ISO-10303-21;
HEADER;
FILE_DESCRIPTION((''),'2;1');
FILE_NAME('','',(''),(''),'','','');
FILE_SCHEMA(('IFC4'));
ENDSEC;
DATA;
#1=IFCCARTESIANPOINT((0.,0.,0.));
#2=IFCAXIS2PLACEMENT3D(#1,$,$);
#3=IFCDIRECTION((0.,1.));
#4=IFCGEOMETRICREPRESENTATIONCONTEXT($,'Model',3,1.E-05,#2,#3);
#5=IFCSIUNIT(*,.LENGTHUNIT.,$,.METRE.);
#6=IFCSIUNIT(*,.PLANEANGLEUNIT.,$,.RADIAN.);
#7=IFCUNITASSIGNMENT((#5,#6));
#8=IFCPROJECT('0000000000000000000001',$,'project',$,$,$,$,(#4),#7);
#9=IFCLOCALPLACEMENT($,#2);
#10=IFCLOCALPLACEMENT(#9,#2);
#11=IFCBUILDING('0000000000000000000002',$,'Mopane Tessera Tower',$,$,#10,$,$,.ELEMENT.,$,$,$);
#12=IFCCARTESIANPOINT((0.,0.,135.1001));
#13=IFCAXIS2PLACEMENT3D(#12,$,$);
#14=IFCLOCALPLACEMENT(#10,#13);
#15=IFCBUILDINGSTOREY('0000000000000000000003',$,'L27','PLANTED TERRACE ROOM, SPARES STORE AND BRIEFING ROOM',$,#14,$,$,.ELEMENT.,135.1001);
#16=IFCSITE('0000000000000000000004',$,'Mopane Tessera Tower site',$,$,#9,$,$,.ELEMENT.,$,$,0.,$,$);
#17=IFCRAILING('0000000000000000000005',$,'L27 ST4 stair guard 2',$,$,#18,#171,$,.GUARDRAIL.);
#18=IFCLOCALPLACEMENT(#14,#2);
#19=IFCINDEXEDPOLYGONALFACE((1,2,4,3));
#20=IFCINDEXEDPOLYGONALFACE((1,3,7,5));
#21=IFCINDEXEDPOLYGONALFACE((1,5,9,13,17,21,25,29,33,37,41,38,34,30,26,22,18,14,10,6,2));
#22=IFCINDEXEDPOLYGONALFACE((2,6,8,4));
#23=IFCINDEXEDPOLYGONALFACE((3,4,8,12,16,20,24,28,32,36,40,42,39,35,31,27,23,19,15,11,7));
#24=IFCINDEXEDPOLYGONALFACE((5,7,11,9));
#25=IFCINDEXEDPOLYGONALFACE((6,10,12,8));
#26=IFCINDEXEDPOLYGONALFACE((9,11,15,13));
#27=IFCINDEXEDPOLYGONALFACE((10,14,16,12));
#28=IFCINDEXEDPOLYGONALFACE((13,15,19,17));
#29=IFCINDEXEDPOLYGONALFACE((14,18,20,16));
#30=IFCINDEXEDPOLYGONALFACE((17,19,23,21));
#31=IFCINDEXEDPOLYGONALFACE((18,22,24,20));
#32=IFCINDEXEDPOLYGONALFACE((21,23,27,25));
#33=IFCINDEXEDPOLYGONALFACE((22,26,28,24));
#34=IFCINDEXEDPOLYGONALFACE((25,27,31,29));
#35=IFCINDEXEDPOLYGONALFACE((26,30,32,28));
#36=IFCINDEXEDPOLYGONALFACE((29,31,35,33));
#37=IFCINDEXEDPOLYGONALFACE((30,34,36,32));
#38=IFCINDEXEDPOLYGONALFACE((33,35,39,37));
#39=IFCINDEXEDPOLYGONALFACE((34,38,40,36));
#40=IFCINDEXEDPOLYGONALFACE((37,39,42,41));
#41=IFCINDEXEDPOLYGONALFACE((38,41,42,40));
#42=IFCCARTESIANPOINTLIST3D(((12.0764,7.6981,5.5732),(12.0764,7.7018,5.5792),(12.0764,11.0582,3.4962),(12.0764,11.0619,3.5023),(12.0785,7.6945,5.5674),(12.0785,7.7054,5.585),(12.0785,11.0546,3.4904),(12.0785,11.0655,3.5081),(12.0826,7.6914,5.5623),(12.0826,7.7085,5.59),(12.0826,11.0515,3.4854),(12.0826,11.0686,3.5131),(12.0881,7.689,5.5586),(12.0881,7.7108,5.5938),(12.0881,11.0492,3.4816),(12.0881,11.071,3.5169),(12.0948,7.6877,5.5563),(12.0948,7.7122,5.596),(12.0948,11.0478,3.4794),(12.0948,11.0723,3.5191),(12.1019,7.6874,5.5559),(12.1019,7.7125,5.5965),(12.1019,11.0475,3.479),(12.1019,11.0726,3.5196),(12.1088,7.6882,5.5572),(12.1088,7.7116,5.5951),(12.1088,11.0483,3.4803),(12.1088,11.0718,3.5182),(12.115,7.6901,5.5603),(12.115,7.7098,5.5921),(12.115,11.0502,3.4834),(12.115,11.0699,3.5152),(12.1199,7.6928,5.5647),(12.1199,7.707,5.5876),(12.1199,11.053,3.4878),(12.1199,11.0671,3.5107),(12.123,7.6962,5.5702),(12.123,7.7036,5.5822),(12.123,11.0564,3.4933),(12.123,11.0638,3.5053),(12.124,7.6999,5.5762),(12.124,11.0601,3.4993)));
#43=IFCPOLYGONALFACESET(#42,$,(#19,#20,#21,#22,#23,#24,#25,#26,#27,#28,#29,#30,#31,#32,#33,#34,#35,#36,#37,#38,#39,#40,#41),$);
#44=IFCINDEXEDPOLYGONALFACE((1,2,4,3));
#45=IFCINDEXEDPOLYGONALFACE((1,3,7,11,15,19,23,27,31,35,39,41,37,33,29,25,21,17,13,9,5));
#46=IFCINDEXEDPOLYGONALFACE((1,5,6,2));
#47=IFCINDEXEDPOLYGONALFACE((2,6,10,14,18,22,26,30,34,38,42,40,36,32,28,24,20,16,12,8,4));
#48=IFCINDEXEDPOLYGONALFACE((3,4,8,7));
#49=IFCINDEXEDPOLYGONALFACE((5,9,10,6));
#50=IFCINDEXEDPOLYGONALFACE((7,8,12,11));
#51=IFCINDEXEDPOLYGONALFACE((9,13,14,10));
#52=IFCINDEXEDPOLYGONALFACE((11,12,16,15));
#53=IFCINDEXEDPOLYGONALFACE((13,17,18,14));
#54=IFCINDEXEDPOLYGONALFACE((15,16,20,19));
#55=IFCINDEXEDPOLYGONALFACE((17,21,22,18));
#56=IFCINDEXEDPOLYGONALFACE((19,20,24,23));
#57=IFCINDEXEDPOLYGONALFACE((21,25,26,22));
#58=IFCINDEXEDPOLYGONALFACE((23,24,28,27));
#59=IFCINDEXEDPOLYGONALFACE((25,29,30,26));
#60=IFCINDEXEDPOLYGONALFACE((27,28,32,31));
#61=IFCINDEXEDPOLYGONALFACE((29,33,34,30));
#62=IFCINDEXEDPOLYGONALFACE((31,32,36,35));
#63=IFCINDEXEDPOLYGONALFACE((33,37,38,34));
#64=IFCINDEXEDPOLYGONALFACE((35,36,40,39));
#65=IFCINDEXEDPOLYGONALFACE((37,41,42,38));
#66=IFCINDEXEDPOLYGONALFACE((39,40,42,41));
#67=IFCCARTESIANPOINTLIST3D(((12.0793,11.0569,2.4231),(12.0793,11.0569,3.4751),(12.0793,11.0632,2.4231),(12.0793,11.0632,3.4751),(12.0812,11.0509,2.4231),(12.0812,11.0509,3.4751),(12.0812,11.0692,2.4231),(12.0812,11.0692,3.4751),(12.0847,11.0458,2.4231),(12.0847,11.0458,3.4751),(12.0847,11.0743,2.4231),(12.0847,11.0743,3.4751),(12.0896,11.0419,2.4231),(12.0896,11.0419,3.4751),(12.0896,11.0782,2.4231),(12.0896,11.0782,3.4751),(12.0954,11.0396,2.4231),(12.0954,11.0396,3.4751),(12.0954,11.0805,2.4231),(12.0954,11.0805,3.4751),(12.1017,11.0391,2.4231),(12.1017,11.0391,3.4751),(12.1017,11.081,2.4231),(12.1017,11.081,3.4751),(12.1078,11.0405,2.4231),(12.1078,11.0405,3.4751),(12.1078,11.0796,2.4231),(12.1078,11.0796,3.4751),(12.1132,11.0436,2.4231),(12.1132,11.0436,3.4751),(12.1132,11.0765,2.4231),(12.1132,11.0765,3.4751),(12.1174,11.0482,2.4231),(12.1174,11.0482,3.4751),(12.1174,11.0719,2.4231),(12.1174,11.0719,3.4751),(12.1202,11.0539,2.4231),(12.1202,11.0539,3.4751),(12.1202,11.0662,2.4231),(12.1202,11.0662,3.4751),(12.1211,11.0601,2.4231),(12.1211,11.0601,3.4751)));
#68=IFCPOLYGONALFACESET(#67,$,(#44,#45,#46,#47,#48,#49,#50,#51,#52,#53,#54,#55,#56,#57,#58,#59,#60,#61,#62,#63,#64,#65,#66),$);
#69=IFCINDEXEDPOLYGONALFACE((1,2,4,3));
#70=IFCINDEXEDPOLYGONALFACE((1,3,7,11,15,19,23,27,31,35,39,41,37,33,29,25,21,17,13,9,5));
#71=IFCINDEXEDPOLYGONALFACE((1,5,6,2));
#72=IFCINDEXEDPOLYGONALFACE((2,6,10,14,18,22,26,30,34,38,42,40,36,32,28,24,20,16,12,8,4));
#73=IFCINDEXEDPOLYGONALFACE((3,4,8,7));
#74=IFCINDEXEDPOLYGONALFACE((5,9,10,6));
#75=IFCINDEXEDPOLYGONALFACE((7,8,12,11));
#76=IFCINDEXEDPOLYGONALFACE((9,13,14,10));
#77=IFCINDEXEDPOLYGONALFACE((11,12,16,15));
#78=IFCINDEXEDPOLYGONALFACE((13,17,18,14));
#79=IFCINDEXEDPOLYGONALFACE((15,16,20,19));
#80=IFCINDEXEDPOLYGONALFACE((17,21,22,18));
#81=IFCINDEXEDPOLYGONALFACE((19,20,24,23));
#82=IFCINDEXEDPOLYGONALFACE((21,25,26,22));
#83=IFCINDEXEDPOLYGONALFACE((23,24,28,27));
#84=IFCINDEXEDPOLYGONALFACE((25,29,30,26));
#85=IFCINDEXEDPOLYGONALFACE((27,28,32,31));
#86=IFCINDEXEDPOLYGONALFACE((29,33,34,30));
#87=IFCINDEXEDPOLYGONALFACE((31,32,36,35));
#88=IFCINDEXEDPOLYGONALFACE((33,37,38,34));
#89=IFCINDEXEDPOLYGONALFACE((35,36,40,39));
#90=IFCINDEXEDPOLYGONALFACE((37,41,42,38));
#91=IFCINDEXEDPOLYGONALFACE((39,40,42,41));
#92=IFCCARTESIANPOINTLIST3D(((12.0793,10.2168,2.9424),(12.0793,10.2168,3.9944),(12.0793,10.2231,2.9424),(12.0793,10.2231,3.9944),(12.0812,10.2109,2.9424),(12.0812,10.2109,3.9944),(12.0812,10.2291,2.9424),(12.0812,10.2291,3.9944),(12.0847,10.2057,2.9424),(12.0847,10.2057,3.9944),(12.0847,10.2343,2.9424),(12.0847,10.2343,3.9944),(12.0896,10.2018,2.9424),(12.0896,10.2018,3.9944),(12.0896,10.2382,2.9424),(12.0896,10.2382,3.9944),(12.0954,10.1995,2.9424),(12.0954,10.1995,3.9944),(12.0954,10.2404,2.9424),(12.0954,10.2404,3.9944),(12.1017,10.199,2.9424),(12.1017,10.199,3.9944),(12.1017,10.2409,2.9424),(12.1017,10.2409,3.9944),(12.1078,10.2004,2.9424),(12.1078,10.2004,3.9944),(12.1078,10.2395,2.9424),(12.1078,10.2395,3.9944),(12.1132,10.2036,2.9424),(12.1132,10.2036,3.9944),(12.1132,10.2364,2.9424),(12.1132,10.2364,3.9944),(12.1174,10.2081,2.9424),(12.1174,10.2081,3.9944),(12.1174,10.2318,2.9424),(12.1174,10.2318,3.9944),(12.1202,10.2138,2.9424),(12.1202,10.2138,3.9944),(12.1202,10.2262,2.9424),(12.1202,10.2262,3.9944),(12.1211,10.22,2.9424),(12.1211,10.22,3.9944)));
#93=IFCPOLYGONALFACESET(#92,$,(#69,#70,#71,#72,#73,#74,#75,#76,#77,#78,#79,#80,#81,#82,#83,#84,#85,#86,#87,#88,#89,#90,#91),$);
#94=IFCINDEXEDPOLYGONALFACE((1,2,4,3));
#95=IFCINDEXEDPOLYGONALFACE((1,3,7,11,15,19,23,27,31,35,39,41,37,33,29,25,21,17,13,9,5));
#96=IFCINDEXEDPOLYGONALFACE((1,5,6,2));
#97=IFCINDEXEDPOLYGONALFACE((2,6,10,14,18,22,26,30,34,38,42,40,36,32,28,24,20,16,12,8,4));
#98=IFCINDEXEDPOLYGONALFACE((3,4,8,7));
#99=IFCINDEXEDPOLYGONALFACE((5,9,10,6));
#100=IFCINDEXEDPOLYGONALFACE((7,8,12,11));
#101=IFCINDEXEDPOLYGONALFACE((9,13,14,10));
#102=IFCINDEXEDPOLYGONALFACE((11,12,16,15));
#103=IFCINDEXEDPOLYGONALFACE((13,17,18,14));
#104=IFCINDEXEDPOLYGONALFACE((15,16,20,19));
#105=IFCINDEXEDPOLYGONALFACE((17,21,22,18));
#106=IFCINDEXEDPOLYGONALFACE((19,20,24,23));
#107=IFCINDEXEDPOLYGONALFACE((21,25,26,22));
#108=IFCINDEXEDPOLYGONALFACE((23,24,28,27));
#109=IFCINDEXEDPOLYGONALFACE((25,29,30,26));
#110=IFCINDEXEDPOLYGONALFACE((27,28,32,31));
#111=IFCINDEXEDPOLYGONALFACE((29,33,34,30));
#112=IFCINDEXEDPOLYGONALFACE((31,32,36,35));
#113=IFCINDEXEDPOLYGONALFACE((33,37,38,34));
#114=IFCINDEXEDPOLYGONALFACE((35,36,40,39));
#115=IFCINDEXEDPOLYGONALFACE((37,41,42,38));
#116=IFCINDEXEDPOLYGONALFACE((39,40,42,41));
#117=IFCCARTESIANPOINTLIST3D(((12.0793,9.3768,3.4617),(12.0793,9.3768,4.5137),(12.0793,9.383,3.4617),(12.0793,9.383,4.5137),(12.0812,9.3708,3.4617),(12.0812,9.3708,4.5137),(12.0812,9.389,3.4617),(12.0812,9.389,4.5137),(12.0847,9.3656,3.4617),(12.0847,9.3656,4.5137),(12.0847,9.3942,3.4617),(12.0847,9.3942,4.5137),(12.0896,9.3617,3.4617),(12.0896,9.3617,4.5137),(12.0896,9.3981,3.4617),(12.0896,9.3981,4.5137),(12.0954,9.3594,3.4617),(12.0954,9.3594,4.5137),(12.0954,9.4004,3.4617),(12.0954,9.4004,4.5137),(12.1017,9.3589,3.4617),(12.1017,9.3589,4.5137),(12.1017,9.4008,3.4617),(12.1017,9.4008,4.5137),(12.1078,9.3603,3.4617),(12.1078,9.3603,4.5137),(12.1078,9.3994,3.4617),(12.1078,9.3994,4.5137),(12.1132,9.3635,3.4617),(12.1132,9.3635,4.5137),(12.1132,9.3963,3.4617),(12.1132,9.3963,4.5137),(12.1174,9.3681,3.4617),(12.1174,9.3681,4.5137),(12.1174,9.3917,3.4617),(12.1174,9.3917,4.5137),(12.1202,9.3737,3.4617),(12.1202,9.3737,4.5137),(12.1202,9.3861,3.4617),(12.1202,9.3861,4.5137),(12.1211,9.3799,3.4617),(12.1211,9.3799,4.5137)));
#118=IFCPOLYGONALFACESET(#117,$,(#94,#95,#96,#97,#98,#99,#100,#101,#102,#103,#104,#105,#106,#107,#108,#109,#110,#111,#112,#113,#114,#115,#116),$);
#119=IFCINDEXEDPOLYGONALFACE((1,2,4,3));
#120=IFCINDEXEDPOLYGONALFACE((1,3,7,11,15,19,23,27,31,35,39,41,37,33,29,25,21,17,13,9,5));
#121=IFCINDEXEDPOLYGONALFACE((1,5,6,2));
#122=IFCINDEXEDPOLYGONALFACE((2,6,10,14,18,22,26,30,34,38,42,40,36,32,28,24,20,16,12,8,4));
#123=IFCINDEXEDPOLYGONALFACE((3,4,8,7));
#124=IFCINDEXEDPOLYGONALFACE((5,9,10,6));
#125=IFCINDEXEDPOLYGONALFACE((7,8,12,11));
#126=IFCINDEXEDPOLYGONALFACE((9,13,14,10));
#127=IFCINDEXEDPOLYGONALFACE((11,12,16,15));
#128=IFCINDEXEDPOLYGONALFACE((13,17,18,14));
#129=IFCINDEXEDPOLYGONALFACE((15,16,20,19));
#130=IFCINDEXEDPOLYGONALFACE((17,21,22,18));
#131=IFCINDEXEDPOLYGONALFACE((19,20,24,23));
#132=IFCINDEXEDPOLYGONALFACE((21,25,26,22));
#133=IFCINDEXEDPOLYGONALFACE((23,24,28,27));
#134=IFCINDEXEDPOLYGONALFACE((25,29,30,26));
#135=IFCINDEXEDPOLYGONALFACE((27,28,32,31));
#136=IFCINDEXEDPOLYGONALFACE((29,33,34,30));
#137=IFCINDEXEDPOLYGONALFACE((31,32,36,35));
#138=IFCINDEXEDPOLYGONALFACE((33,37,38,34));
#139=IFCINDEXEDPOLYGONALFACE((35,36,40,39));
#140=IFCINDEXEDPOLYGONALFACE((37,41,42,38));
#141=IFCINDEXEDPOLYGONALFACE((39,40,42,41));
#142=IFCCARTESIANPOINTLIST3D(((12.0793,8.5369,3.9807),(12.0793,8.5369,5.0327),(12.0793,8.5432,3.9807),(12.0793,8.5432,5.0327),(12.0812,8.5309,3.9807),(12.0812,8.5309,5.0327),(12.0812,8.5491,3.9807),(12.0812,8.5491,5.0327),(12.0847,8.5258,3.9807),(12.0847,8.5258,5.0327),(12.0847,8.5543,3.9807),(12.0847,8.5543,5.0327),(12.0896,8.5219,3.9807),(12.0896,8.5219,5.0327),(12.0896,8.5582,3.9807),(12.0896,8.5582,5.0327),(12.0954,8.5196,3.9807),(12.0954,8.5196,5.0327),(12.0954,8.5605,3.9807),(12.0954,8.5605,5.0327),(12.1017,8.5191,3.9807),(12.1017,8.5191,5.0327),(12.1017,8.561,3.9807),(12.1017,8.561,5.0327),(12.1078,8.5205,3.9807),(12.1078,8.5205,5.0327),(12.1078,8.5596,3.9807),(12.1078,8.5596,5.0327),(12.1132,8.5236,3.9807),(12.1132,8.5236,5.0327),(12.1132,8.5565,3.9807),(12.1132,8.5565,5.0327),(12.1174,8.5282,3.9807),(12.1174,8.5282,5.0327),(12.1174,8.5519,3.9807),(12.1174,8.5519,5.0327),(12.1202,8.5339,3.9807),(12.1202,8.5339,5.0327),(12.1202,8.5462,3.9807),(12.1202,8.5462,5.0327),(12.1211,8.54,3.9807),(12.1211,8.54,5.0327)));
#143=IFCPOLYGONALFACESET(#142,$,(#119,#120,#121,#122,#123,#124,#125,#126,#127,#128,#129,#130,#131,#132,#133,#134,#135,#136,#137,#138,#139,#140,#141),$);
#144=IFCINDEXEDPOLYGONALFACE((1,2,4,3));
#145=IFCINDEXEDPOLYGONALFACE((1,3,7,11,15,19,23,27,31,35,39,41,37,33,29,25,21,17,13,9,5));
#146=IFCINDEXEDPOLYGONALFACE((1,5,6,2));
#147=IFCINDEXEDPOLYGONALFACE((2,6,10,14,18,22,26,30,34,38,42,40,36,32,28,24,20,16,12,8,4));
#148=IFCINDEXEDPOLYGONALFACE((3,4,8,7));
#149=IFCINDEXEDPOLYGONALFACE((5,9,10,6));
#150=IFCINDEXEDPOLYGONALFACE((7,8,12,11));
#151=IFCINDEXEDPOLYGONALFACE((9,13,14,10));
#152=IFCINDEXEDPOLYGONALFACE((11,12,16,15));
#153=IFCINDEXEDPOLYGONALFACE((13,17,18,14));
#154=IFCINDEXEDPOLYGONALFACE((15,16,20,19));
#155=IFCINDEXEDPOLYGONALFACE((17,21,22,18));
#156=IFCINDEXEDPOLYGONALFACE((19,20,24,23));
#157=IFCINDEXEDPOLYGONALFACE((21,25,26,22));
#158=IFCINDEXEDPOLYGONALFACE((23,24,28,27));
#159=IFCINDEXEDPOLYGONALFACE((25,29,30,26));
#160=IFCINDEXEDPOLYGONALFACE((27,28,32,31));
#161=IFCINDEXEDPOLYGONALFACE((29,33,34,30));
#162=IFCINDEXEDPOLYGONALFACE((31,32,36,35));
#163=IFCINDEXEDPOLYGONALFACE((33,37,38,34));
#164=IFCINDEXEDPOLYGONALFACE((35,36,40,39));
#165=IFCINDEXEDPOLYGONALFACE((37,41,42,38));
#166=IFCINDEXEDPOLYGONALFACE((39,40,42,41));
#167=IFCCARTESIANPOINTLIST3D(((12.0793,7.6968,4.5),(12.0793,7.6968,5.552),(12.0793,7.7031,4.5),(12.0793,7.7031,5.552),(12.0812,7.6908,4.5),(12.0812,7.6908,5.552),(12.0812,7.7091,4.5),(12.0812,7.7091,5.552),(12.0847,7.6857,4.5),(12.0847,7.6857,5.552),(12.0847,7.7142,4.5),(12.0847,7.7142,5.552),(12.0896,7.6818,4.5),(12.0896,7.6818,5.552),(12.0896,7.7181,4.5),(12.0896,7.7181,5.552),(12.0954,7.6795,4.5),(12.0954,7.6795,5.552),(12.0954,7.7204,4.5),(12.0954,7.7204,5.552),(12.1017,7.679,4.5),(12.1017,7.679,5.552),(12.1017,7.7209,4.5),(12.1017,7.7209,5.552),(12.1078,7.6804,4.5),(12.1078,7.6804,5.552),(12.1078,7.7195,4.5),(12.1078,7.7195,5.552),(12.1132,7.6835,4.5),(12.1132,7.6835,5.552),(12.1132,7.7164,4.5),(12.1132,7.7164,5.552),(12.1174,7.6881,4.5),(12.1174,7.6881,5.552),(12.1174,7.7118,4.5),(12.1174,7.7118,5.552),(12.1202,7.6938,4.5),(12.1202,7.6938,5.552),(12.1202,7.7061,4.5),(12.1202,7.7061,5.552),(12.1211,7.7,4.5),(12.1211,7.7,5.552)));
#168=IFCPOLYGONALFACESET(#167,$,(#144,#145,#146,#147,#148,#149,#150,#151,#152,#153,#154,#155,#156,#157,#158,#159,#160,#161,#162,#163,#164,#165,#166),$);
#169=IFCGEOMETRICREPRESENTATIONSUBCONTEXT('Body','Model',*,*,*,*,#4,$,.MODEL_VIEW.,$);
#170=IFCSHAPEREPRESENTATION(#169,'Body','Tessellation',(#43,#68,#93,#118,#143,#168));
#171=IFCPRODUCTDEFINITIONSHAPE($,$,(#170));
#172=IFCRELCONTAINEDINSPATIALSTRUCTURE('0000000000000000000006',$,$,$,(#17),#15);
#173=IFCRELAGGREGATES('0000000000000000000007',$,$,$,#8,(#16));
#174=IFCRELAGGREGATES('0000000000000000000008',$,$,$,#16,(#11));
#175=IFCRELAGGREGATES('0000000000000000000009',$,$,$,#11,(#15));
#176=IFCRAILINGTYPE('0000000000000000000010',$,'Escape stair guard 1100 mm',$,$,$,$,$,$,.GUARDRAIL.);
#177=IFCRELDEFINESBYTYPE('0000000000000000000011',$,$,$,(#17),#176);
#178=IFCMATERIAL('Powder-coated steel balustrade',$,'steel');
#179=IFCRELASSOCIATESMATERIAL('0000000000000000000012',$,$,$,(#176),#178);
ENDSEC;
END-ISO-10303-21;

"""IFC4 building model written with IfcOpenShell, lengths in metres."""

from ifc_helpers import new_model, si_unit, direction, frame, origin, origin_2d, place, context, subcontext, project, spatial, circle, extrude, material, type_object, element, save


model = new_model("IFC4")

# Units and contexts
model_context = context("Model", 3, precision=1e-05, world=origin(), true_north=direction((0.0, 1.0)))
body_context = subcontext(model_context, "Body", "Model", "MODEL_VIEW")
ifc_project = project(units=[si_unit("LENGTHUNIT", "METRE"), si_unit("PLANEANGLEUNIT", "RADIAN")], contexts=[model_context])

# Site, building, storey
site_placement = place(None, origin())
site = spatial("IfcSite", under=ifc_project, at=site_placement, Name="Mopane Tessera Tower site", CompositionType="ELEMENT", RefElevation=0.0)
building_placement = place(site_placement, origin())
building = spatial("IfcBuilding", under=site, at=building_placement, Name="Mopane Tessera Tower", CompositionType="ELEMENT")
storey_placement = place(building_placement, frame((0.0, 0.0, 135.1001)))
storey = spatial("IfcBuildingStorey", under=building, at=storey_placement, Name="L27", Description="PLANTED TERRACE ROOM, SPARES STORE AND BRIEFING ROOM", CompositionType="ELEMENT", Elevation=135.1001)

# Railing
ifc_material_1 = material(Name="Powder-coated steel balustrade", Category="steel")
railing_type_1 = type_object("IfcRailingType", Name="Escape stair guard 1100 mm", PredefinedType="GUARDRAIL", material=ifc_material_1)
railing_1_placement = place(storey_placement, frame((12.1001, 11.0601, 2.4231)))
element("IfcRailing", 1, at=railing_1_placement, inside=storey, type_object=railing_type_1, Name="L27 ST4 stair guard 2", PredefinedType="GUARDRAIL", context=body_context, shape_type="SweptSolid", body=[
    extrude(circle(Radius=0.0239, at=origin_2d()), frame((0.0, 0.0, 1.0762), z_axis=(0.0, -0.850623, 0.525776), x_axis=(1.0, 0.0, 0.0)), (0.0, 0.0, 1.0), 3.9502),
    extrude(circle(Radius=0.021, at=origin_2d()), origin(), (0.0, 0.0, 1.0), 1.052),
    extrude(circle(Radius=0.021, at=origin_2d()), frame((0.0, -0.8401, 0.5193)), (0.0, 0.0, 1.0), 1.052),
    extrude(circle(Radius=0.021, at=origin_2d()), frame((0.0, -1.6802, 1.0386)), (0.0, 0.0, 1.0), 1.052),
    extrude(circle(Radius=0.021, at=origin_2d()), frame((0.0, -2.52, 1.5576)), (0.0, 0.0, 1.0), 1.052),
    extrude(circle(Radius=0.021, at=origin_2d()), frame((0.0, -3.3601, 2.0769)), (0.0, 0.0, 1.0), 1.052),
])

save(model, "model.ifc")
